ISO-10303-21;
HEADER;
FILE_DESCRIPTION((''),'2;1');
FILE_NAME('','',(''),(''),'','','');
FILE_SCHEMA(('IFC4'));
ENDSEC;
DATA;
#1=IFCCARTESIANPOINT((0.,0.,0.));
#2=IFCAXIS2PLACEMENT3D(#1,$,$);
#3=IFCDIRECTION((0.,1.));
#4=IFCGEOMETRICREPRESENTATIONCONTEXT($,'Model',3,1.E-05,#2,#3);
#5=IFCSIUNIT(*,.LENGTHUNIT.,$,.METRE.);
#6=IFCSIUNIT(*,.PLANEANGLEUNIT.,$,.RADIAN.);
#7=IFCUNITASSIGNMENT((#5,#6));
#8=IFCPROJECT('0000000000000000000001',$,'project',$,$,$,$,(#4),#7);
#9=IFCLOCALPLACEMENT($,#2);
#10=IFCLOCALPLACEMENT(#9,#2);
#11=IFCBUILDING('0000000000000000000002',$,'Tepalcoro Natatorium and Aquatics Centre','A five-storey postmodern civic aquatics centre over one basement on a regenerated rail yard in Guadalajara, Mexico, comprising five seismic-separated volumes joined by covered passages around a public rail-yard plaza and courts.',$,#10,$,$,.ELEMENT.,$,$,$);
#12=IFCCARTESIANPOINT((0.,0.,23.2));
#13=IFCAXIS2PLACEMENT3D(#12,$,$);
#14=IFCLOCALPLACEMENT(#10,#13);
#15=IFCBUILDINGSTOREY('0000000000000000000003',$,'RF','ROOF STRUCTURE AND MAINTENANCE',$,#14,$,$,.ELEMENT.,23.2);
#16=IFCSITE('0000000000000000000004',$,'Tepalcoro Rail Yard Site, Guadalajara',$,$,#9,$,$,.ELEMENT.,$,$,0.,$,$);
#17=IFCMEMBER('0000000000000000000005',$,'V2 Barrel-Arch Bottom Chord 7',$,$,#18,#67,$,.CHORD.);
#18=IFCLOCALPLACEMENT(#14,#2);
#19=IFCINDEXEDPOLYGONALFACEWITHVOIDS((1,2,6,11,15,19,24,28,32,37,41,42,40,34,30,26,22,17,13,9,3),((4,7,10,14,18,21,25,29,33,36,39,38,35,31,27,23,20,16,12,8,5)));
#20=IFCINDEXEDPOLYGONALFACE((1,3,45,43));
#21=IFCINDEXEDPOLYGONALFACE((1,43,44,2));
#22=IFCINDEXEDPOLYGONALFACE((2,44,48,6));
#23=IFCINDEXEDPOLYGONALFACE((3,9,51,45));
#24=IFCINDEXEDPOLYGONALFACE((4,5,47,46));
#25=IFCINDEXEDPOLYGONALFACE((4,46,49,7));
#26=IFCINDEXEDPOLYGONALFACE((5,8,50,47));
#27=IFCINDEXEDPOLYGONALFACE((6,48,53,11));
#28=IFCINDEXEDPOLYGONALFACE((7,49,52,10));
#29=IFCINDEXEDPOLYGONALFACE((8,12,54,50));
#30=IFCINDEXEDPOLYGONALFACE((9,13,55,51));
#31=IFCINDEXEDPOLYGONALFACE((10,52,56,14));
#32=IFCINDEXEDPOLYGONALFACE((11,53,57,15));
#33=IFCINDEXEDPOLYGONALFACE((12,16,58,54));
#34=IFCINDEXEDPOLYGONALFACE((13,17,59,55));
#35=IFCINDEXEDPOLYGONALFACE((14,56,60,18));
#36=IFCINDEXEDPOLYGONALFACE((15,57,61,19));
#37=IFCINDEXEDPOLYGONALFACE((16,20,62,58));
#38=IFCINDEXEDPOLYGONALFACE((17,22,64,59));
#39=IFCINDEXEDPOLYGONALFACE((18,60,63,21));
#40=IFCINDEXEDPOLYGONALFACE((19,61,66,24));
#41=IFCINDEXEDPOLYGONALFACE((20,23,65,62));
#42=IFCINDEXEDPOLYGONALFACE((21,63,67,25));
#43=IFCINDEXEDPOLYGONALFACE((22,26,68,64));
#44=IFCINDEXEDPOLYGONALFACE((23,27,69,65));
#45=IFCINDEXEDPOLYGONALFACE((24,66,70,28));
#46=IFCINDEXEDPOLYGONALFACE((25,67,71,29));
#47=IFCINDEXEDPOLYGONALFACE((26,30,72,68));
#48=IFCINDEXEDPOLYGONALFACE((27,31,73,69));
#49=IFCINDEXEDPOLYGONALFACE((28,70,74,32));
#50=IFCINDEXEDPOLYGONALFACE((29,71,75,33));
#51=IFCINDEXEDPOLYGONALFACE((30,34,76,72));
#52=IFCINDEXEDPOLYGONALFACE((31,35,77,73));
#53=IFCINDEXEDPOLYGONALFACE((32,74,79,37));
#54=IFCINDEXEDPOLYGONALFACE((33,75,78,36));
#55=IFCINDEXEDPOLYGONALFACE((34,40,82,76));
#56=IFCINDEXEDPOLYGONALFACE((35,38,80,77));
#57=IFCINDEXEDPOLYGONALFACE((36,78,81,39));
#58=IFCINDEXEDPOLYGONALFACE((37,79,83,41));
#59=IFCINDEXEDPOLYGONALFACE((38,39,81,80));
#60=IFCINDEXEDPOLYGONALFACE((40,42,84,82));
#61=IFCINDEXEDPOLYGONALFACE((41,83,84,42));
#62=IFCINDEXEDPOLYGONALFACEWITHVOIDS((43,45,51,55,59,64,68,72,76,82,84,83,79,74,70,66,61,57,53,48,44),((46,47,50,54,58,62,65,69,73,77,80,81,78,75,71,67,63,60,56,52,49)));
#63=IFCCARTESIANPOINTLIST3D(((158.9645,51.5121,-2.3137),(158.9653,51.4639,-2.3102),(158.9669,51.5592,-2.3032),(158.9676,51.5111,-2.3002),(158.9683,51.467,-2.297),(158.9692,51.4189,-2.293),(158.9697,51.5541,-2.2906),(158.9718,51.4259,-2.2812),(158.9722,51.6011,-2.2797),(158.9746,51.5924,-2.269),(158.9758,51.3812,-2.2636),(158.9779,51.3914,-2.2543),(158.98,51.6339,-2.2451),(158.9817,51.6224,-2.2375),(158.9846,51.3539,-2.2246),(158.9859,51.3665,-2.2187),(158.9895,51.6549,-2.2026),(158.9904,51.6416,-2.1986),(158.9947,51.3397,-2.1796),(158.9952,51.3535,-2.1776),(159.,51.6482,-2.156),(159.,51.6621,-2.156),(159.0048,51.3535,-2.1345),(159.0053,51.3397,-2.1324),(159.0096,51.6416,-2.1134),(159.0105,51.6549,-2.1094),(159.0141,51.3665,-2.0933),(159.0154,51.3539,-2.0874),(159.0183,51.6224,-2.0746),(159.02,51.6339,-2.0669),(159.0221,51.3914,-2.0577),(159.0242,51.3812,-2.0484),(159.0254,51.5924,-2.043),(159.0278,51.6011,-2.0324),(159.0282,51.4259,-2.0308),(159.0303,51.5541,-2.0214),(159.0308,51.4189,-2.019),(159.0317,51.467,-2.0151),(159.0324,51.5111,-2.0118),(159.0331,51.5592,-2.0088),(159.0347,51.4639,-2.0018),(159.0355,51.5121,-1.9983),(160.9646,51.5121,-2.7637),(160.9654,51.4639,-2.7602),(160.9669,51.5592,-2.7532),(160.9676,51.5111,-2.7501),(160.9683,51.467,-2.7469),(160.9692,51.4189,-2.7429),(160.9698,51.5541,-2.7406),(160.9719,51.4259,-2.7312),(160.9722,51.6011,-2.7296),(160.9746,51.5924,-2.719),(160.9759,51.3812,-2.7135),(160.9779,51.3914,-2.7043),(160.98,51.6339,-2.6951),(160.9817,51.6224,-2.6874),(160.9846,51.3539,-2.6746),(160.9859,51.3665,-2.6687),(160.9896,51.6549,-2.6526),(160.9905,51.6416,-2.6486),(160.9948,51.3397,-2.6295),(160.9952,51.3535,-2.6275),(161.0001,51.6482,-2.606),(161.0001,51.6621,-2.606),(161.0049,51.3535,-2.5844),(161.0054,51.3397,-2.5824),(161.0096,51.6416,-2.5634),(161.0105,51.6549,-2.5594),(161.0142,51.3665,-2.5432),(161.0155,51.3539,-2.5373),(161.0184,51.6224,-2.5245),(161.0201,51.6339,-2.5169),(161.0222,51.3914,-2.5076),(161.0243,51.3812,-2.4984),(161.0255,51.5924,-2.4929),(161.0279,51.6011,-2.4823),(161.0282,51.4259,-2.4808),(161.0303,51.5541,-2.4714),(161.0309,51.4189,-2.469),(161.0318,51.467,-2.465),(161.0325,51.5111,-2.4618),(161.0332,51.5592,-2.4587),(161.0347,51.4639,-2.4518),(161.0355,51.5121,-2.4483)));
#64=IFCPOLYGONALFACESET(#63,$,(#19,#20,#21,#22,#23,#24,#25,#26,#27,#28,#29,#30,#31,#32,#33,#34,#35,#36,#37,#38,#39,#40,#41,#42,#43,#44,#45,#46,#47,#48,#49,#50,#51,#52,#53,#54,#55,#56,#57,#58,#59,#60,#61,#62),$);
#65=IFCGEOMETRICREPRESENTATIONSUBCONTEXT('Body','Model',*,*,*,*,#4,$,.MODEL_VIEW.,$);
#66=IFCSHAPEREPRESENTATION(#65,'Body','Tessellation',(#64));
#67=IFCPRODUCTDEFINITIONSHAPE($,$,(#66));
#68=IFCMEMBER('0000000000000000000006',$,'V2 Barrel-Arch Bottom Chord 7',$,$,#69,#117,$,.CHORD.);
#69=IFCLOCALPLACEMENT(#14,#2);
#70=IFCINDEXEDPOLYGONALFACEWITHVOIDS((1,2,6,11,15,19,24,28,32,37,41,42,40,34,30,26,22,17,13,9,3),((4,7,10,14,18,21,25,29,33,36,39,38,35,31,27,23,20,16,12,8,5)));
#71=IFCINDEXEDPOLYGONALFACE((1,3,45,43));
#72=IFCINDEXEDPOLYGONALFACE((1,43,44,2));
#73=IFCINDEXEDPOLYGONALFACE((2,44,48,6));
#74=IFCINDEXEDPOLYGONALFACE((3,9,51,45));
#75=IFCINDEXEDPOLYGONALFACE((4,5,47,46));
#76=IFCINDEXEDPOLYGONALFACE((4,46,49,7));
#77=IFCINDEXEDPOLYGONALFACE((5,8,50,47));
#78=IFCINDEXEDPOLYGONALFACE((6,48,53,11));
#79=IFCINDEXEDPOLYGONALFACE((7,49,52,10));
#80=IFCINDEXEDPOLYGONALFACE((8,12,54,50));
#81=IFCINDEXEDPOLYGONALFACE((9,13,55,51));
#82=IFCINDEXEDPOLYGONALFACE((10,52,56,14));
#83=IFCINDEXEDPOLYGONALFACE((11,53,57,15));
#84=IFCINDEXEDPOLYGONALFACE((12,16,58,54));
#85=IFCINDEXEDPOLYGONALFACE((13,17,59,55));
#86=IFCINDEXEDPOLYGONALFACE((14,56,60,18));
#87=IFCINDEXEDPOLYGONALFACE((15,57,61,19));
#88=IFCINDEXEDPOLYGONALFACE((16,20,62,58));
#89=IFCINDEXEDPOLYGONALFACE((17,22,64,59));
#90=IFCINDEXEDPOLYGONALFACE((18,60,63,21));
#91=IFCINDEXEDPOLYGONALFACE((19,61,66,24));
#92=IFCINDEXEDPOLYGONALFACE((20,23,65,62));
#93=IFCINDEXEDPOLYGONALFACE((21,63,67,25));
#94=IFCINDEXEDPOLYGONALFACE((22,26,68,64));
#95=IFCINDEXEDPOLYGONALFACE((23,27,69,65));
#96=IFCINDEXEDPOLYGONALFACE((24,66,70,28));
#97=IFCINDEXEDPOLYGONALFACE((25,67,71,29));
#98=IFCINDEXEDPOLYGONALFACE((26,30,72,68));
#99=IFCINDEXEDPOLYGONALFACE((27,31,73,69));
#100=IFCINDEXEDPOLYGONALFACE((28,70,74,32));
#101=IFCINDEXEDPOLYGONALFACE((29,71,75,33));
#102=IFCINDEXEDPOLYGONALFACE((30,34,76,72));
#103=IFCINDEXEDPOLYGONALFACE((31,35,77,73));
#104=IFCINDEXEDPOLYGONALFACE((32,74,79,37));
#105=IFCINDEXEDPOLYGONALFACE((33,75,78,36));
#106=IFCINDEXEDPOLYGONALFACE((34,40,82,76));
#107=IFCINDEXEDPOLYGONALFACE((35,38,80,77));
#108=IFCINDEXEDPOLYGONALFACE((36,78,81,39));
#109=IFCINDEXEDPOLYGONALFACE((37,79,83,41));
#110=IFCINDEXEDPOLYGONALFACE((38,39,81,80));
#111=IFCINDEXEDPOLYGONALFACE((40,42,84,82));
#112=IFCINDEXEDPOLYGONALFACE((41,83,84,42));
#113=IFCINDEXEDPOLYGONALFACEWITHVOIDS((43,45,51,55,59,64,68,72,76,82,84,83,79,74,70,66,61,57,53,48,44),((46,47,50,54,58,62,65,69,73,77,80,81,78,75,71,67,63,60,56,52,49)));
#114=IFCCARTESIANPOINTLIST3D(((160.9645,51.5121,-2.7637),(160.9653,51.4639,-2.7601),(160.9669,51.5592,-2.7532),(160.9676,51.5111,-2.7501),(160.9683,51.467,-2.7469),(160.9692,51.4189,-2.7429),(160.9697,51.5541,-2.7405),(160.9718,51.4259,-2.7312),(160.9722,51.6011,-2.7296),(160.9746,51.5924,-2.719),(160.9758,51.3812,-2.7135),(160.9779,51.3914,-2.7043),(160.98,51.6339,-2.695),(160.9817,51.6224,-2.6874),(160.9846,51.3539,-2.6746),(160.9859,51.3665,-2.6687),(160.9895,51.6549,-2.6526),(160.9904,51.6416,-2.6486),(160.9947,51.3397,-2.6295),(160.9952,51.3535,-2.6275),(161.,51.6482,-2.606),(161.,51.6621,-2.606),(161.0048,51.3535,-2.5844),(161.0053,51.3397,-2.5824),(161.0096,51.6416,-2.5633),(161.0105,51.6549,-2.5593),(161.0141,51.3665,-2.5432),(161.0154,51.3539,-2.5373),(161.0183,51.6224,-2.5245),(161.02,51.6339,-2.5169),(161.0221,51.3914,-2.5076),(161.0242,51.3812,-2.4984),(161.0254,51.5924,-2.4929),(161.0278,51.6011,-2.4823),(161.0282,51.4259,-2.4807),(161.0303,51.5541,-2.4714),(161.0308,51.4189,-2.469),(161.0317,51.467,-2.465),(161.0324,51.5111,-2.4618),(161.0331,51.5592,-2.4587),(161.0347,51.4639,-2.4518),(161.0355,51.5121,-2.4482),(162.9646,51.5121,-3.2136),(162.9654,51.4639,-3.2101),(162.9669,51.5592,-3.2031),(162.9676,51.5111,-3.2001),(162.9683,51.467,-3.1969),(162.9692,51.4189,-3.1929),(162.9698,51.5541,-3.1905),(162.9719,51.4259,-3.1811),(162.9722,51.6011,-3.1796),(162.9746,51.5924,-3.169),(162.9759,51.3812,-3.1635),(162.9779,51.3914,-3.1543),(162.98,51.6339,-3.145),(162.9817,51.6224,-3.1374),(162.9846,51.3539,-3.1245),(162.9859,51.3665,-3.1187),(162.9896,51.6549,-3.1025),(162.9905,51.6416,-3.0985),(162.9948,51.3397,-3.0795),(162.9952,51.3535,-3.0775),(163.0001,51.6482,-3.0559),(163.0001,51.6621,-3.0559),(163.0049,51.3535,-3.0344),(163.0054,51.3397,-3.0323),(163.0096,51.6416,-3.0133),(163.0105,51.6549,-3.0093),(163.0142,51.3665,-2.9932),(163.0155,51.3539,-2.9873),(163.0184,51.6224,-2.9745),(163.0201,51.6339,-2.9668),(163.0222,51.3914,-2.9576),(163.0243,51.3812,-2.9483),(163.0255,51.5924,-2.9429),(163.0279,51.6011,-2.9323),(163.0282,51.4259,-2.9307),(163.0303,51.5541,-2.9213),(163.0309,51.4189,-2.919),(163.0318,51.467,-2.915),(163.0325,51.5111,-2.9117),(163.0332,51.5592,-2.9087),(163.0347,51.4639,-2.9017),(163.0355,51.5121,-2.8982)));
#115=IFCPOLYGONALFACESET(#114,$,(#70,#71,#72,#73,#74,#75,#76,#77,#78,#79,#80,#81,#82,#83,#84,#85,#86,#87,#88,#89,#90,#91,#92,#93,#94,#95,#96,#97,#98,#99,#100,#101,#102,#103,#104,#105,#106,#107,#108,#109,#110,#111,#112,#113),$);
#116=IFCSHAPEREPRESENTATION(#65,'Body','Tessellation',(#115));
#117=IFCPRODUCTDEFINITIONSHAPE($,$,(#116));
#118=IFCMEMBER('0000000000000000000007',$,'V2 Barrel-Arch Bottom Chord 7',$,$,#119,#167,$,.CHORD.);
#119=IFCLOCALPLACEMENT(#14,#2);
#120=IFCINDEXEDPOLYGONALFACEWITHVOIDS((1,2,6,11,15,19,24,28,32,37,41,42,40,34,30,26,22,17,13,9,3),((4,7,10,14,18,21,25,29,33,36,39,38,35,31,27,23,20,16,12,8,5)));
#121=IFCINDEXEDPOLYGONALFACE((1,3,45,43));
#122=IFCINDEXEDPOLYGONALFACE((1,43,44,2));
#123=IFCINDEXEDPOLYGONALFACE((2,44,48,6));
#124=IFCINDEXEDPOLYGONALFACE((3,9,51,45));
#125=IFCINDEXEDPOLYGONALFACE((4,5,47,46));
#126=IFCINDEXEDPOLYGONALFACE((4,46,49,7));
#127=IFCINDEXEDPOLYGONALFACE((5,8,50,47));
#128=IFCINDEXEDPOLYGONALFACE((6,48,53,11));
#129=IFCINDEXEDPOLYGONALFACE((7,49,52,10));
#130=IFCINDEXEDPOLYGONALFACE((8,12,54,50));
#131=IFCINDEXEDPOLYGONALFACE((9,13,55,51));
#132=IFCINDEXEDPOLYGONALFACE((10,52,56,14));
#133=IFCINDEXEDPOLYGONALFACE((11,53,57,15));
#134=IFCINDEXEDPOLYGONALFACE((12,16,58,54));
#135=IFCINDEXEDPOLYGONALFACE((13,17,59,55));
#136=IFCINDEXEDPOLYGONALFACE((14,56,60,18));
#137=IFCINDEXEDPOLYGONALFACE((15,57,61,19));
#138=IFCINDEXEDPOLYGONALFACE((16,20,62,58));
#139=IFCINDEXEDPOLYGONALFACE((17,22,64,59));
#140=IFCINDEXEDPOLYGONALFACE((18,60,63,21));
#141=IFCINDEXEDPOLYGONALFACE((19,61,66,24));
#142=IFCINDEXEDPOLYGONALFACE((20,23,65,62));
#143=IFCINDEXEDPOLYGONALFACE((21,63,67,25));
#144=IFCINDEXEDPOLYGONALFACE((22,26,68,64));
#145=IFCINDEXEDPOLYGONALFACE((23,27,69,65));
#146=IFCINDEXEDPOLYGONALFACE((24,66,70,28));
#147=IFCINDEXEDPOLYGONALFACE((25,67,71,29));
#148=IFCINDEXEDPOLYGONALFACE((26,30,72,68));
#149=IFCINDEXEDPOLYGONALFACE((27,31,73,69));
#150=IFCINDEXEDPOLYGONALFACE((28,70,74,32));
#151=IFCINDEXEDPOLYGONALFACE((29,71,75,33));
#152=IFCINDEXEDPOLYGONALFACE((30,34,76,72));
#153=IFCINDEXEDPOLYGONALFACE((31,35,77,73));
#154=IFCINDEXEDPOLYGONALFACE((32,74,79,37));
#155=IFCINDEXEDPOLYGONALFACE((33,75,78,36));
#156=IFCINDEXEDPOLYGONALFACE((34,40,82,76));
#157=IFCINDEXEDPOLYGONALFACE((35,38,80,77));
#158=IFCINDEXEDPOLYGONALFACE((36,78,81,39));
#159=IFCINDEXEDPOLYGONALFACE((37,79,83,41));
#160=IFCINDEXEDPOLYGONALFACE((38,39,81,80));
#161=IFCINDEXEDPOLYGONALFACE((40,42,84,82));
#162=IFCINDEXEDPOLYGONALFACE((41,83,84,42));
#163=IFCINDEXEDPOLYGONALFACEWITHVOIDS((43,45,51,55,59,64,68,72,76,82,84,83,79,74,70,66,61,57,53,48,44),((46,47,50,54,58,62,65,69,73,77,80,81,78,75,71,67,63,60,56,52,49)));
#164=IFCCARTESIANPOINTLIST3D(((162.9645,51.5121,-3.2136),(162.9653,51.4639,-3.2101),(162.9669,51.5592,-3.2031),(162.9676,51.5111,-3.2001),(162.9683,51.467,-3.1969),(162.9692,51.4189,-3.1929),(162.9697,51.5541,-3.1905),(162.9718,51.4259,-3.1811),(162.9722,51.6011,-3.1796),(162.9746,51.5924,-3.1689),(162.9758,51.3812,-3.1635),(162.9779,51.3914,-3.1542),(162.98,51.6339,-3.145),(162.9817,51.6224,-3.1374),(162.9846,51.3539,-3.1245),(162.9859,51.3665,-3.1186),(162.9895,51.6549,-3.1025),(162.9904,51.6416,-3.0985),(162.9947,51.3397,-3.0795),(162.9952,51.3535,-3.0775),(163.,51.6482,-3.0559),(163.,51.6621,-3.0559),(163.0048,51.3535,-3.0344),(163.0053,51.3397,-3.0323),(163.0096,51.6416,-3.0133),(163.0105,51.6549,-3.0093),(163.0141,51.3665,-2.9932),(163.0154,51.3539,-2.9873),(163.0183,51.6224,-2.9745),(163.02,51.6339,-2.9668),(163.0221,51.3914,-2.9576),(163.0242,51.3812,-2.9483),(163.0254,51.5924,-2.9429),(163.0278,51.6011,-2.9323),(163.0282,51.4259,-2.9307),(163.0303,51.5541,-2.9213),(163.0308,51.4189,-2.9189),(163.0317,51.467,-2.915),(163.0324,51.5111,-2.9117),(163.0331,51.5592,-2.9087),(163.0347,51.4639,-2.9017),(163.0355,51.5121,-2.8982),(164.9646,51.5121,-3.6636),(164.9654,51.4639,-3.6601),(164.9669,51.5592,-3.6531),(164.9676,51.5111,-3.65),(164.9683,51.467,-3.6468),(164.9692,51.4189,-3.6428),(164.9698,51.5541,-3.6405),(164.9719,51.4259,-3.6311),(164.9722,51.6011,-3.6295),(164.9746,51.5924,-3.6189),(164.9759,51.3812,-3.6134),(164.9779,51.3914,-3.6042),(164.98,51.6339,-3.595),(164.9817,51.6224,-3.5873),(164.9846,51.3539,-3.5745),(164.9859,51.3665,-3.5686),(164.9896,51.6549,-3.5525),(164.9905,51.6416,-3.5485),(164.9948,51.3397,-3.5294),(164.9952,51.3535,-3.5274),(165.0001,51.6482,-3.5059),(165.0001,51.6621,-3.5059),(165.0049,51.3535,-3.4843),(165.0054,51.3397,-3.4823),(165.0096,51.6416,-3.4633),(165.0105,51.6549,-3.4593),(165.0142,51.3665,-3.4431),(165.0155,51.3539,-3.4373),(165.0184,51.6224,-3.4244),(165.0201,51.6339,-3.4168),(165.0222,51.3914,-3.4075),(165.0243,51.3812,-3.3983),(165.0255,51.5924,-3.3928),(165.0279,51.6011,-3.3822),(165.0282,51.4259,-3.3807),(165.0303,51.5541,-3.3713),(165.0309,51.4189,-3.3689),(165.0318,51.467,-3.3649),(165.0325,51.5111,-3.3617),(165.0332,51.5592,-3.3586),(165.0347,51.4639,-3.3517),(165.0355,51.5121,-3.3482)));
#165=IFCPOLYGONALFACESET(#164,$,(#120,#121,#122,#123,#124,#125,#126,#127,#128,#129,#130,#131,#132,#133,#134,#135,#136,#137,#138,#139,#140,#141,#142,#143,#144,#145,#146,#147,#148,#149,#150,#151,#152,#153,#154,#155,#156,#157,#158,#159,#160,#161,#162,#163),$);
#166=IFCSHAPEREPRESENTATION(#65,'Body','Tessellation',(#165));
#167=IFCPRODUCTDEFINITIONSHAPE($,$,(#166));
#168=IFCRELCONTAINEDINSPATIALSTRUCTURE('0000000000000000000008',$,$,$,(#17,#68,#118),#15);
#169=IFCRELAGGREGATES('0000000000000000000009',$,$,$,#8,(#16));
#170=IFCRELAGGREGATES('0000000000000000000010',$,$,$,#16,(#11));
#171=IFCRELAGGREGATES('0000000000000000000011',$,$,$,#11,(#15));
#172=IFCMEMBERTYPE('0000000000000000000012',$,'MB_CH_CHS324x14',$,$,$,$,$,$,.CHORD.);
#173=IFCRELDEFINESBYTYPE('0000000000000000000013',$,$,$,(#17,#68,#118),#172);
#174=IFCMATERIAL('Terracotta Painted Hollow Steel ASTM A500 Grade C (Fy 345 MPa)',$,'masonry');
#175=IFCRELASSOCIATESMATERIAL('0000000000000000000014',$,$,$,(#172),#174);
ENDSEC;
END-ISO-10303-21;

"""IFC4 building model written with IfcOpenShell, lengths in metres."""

from ifc_helpers import new_model, si_unit, direction, frame, origin, origin_2d, place, context, subcontext, project, spatial, hollow_circle, extrude, material, material_profile, profile_set, type_object, element, save


model = new_model("IFC4")

# Units and contexts
model_context = context("Model", 3, precision=1e-05, world=origin(), true_north=direction((0.0, 1.0)))
body_context = subcontext(model_context, "Body", "Model", "MODEL_VIEW")
ifc_project = project(units=[si_unit("LENGTHUNIT", "METRE"), si_unit("PLANEANGLEUNIT", "RADIAN")], contexts=[model_context])

# Site, building, storey
site_placement = place(None, origin())
site = spatial("IfcSite", under=ifc_project, at=site_placement, Name="Tepalcoro Rail Yard Site, Guadalajara", CompositionType="ELEMENT", RefElevation=0.0)
building_placement = place(site_placement, origin())
building = spatial("IfcBuilding", under=site, at=building_placement, Name="Tepalcoro Natatorium and Aquatics Centre", Description="A five-storey postmodern civic aquatics centre over one basement on a regenerated rail yard in Guadalajara, Mexico, comprising five seismic-separated volumes joined by covered passages around a public rail-yard plaza and courts.", CompositionType="ELEMENT")
storey_placement = place(building_placement, frame((0.0, 0.0, 23.2)))
storey = spatial("IfcBuildingStorey", under=building, at=storey_placement, Name="RF", Description="ROOF STRUCTURE AND MAINTENANCE", CompositionType="ELEMENT", Elevation=23.2)

# Shared definitions
ifc_material_1 = material(Name="Terracotta Painted Hollow Steel ASTM A500 Grade C (Fy 345 MPa)", Category="masonry")

# Members
ifc_material_profile_1 = material_profile(ifc_material_1, hollow_circle(Radius=0.1621, WallThickness=0.0139, at=origin_2d()), Name="CHS324X14")
ifc_profile_set_1 = profile_set([ifc_material_profile_1], Name="Terracotta Painted Hollow Steel ASTM A500 Grade C (Fy 345 MPa)")
member_type_1 = type_object("IfcMemberType", Name="MB_CH_CHS324x14", PredefinedType="CHORD", material=ifc_profile_set_1)
for number, where, z_axis, x_axis, name in (
    (1, (159.0, 51.5, -2.156), (0.975615, 0.0, -0.21949), (0.0, 1.0, 0.0), "V2 Barrel-Arch Bottom Chord 7"),
    (2, (161.0, 51.5, -2.606), (0.975615, 0.0, -0.21949), (0.0, 1.0, 0.0), "V2 Barrel-Arch Bottom Chord 7"),
    (3, (163.0, 51.5, -3.0559), (0.975615, 0.0, -0.21949), (0.0, 1.0, 0.0), "V2 Barrel-Arch Bottom Chord 7"),
):
    element("IfcMember", number, at=place(storey_placement, frame(where, z_axis=z_axis, x_axis=x_axis)), inside=storey, type_object=member_type_1, Name=name, PredefinedType="CHORD", context=body_context, shape_type="SweptSolid", body=[
        extrude(hollow_circle(Radius=0.1621, WallThickness=0.0139, at=origin_2d()), origin(), (0.0, 0.0, 1.0), 2.05),
    ])

save(model, "model.ifc")
